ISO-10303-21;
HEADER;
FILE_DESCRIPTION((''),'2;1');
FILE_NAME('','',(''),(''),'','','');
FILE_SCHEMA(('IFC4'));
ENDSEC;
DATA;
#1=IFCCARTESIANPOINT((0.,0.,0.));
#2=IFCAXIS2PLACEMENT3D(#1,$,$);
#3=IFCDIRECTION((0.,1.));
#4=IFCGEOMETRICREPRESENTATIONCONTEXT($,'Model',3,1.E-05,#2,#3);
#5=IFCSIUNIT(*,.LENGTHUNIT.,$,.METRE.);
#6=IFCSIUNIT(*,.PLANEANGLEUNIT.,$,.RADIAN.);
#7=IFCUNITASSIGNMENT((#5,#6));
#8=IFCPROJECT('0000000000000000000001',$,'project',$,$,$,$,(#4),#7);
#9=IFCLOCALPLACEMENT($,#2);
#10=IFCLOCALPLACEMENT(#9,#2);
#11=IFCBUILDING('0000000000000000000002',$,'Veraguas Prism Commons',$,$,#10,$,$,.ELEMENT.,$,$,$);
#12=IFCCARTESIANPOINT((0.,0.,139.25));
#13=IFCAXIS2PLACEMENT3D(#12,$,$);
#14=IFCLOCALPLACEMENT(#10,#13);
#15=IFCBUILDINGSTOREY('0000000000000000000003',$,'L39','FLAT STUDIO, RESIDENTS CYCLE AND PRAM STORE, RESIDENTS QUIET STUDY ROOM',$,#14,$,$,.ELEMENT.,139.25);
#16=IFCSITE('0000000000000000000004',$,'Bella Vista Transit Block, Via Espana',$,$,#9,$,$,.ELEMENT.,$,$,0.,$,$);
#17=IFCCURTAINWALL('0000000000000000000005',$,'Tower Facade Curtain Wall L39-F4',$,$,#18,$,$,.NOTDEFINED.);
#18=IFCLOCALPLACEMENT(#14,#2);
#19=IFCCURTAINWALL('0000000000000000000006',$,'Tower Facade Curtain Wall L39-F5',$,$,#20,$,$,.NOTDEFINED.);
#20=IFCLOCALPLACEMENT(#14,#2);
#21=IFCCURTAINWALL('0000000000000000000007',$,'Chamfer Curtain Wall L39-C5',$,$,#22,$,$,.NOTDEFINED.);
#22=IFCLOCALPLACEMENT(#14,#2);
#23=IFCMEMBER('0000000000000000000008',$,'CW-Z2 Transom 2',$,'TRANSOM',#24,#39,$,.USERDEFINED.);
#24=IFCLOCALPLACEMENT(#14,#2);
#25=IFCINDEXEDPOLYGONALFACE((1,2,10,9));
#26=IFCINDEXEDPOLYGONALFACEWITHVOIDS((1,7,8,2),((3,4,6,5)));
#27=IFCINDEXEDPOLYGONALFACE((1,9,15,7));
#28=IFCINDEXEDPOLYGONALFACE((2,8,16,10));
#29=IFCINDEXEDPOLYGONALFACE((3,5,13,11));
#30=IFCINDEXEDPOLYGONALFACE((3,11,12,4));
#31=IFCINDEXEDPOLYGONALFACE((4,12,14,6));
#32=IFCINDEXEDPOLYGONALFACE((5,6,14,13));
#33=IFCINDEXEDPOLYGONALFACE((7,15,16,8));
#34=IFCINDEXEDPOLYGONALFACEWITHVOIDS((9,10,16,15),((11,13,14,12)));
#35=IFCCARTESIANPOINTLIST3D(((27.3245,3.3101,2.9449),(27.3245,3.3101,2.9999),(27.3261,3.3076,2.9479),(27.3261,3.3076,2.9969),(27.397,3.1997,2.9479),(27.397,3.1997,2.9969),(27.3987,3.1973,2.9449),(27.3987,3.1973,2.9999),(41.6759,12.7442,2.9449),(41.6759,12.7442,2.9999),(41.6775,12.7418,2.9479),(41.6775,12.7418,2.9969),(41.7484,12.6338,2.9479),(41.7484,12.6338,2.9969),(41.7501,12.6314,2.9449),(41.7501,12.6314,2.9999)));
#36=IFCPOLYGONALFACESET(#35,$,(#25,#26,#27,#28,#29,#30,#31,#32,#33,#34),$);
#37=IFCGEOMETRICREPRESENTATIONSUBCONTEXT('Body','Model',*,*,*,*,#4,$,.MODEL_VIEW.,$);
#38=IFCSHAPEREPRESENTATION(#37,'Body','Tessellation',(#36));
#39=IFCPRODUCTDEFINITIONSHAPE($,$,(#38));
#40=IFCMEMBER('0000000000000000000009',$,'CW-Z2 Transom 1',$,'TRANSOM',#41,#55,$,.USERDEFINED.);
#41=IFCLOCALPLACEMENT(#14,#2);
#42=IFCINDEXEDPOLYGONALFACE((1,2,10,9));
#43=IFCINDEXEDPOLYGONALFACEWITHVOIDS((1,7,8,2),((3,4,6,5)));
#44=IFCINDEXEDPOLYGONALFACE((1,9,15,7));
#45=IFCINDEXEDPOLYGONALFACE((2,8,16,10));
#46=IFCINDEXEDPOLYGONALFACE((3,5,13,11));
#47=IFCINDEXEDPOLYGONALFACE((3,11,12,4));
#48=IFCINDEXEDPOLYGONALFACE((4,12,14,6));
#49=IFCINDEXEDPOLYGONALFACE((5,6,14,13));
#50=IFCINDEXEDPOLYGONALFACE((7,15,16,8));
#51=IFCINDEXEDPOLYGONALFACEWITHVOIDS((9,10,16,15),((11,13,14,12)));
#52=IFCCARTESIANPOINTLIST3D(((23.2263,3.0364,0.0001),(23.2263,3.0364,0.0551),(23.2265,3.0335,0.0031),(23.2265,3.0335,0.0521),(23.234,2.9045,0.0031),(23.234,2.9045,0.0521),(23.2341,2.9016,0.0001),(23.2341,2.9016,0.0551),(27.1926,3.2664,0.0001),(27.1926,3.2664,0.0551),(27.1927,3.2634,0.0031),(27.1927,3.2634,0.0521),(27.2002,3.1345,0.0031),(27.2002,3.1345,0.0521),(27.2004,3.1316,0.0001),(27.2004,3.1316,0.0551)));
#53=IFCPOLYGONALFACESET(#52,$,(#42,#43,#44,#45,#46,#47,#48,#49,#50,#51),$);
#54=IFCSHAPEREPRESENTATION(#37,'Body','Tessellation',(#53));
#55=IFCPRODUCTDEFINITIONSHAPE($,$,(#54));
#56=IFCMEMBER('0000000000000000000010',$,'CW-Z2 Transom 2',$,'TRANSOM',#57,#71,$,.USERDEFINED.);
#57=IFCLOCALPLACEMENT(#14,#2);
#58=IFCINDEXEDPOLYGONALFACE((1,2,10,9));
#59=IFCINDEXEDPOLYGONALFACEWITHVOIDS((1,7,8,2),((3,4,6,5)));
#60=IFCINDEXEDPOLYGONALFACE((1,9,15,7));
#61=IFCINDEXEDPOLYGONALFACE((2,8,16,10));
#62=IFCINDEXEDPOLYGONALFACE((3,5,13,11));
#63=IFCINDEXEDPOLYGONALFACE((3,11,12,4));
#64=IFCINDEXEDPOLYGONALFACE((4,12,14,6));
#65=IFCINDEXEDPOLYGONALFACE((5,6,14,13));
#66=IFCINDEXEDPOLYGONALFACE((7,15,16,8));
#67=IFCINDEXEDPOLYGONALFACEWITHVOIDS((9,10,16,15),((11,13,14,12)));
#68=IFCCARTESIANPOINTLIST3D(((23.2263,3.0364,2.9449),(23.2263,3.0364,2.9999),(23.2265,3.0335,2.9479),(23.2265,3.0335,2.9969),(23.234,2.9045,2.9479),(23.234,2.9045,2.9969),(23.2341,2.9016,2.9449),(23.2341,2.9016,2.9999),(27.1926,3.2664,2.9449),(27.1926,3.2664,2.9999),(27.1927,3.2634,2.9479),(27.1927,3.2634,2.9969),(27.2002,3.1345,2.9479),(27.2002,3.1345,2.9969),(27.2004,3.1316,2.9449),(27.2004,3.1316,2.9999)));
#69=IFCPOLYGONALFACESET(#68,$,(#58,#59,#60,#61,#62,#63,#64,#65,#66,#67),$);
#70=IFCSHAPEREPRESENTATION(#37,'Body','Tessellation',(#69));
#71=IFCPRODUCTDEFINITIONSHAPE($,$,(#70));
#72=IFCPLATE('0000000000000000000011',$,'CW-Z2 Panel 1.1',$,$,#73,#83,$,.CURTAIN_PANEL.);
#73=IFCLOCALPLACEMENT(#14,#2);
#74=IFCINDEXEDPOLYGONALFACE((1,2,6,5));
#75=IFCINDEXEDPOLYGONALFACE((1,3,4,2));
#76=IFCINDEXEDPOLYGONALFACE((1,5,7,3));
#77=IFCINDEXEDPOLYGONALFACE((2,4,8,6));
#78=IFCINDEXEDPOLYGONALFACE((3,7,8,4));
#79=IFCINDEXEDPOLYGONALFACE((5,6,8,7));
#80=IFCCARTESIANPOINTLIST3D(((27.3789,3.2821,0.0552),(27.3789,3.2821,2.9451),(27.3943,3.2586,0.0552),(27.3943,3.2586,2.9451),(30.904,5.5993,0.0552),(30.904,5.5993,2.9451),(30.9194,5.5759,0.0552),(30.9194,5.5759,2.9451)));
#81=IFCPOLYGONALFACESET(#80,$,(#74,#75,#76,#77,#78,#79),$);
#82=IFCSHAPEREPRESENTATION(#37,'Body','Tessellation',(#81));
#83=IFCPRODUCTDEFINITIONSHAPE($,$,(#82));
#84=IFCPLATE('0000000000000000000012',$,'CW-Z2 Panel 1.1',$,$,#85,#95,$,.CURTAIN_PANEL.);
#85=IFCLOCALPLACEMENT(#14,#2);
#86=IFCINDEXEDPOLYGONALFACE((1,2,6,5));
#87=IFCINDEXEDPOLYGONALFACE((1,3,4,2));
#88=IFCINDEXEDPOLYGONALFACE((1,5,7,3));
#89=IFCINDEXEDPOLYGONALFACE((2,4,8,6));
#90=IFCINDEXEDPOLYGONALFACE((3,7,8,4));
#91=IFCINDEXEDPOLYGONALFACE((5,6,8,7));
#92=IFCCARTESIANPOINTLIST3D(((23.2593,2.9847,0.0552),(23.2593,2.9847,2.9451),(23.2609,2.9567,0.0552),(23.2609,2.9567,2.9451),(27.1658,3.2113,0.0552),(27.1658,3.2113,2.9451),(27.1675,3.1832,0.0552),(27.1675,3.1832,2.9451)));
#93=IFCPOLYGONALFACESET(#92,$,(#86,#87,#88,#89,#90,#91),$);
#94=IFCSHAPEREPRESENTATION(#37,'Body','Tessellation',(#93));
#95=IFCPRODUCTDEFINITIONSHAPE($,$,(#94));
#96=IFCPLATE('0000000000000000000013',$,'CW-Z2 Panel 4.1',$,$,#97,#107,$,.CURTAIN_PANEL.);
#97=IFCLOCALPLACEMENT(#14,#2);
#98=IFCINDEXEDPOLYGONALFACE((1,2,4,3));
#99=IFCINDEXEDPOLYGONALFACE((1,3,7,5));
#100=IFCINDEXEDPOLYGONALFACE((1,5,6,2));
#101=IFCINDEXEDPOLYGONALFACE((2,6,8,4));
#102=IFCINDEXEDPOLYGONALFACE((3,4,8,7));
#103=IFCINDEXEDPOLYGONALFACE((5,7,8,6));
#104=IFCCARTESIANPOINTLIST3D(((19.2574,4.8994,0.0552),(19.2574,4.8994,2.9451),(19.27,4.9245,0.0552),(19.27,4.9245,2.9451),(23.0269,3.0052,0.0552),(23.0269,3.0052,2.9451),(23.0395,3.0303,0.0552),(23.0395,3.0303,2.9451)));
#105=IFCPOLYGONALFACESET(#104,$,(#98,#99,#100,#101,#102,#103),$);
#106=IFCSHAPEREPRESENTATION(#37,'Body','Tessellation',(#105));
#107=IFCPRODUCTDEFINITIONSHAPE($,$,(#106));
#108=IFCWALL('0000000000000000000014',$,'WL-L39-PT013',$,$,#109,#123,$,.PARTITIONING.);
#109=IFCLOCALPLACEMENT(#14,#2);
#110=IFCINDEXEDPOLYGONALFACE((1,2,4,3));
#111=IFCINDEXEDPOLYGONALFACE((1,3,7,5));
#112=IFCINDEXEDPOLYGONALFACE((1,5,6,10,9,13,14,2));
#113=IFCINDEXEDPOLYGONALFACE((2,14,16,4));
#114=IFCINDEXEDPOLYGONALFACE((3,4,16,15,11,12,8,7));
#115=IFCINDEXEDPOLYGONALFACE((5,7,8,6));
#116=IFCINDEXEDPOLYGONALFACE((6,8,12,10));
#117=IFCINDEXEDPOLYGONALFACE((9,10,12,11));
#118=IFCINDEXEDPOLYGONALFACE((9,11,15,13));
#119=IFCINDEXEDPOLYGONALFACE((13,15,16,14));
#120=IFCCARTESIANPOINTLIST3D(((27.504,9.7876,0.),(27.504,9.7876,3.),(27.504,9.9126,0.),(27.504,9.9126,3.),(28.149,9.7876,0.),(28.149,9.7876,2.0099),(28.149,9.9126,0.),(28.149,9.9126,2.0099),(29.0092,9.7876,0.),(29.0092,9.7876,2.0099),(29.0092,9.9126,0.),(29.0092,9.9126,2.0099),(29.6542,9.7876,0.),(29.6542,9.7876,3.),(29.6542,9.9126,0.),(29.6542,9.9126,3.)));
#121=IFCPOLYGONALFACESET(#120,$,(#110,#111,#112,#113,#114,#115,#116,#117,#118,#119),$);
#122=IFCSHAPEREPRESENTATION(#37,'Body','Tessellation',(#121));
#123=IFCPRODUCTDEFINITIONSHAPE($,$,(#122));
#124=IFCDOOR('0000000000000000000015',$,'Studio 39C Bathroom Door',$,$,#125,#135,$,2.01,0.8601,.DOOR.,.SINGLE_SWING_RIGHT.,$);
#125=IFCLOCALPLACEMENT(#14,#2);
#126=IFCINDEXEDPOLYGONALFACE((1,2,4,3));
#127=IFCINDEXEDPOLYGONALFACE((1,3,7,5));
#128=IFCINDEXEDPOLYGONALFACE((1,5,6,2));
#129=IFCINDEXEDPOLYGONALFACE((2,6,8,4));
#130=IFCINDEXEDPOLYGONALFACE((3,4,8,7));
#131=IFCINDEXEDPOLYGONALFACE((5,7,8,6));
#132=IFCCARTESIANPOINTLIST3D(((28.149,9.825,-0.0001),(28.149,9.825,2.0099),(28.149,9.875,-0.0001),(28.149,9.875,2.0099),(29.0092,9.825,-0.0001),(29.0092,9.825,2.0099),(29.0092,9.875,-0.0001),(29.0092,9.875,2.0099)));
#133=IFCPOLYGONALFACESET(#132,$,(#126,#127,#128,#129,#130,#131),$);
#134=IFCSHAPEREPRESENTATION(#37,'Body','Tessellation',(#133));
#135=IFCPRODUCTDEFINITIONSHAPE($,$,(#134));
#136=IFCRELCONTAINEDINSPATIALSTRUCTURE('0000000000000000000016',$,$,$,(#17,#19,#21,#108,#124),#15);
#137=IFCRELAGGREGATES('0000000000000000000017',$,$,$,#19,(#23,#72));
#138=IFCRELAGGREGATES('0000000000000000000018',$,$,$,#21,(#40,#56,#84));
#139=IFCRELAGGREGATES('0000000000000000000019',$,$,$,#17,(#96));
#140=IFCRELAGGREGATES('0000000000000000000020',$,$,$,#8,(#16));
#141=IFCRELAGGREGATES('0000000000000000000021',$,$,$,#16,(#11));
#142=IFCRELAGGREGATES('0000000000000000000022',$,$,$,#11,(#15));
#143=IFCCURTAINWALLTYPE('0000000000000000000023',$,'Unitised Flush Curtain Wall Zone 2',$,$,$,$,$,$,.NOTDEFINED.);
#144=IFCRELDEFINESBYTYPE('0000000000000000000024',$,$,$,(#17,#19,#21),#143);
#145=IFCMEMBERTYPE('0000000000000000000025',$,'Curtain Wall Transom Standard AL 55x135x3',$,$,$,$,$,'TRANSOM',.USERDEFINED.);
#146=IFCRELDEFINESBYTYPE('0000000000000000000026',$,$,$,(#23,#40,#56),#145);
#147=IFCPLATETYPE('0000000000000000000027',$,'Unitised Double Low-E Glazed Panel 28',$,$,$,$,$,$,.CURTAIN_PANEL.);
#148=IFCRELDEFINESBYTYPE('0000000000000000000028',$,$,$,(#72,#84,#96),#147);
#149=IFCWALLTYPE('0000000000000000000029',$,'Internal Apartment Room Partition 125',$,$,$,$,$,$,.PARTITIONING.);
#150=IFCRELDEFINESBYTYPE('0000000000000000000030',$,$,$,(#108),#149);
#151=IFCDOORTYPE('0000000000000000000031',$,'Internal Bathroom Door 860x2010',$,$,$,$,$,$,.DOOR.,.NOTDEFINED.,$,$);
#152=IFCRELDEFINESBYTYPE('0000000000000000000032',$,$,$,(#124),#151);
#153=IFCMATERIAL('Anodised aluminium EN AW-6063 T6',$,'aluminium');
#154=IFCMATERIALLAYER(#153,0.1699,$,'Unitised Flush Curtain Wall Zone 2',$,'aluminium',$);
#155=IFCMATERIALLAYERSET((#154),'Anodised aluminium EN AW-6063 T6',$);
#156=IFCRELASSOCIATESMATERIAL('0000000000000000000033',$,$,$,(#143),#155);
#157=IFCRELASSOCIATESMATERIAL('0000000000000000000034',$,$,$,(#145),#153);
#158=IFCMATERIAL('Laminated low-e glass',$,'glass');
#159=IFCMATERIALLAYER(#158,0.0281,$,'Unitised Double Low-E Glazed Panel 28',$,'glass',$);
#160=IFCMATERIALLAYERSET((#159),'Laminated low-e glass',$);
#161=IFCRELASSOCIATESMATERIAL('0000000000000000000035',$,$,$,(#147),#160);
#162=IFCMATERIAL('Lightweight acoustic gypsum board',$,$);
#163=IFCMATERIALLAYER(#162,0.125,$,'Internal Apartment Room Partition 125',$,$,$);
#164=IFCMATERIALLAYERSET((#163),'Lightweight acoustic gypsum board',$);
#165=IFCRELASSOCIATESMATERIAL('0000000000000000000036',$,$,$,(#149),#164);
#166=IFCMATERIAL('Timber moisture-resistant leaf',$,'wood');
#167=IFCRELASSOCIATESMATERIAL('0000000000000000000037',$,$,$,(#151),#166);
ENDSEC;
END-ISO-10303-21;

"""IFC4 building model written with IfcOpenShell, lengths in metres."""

from ifc_helpers import new_model, si_unit, direction, frame, frame_2d, origin, origin_2d, place, context, subcontext, project, spatial, rectangle, hollow_rectangle, extrude, source, transform, mapped, material, layer, layer_set, material_profile, profile_set, type_object, element, fill, aggregate, save


model = new_model("IFC4")

# Units and contexts
model_context = context("Model", 3, precision=1e-05, world=origin(), true_north=direction((0.0, 1.0)))
body_context = subcontext(model_context, "Body", "Model", "MODEL_VIEW")
ifc_project = project(units=[si_unit("LENGTHUNIT", "METRE"), si_unit("PLANEANGLEUNIT", "RADIAN")], contexts=[model_context])

# Site, building, storey
site_placement = place(None, origin())
site = spatial("IfcSite", under=ifc_project, at=site_placement, Name="Bella Vista Transit Block, Via Espana", CompositionType="ELEMENT", RefElevation=0.0)
building_placement = place(site_placement, origin())
building = spatial("IfcBuilding", under=site, at=building_placement, Name="Veraguas Prism Commons", CompositionType="ELEMENT")
storey_placement = place(building_placement, frame((0.0, 0.0, 139.25)))
storey = spatial("IfcBuildingStorey", under=building, at=storey_placement, Name="L39", Description="FLAT STUDIO, RESIDENTS CYCLE AND PRAM STORE, RESIDENTS QUIET STUDY ROOM", CompositionType="ELEMENT", Elevation=139.25)

# Curtain walls
ifc_material_1 = material(Name="Anodised aluminium EN AW-6063 T6", Category="aluminium")
ifc_layer_1 = layer(ifc_material_1, 0.1699, Name="Unitised Flush Curtain Wall Zone 2", Category="aluminium")
ifc_layer_set_1 = layer_set([ifc_layer_1], Name="Anodised aluminium EN AW-6063 T6")
curtain_wall_type = type_object("IfcCurtainWallType", Name="Unitised Flush Curtain Wall Zone 2", PredefinedType="NOTDEFINED", material=ifc_layer_set_1)
curtain_wall_1_placement = place(storey_placement, origin())
curtain_wall_1 = element("IfcCurtainWall", 1, at=curtain_wall_1_placement, inside=storey, type_object=curtain_wall_type, Name="Tower Facade Curtain Wall L39-F4", PredefinedType="NOTDEFINED")
curtain_wall_2_placement = place(storey_placement, origin())
curtain_wall_2 = element("IfcCurtainWall", 2, at=curtain_wall_2_placement, inside=storey, type_object=curtain_wall_type, Name="Tower Facade Curtain Wall L39-F5", PredefinedType="NOTDEFINED")

# Curtain wall
curtain_wall_3_placement = place(storey_placement, origin())
curtain_wall_3 = element("IfcCurtainWall", 3, at=curtain_wall_3_placement, inside=storey, type_object=curtain_wall_type, Name="Chamfer Curtain Wall L39-C5", PredefinedType="NOTDEFINED")

# Members
ifc_material_profile_1 = material_profile(ifc_material_1, hollow_rectangle(XDim=0.0549, YDim=0.135, WallThickness=0.0029, at=origin_2d()), Name="AL55X135X3")
ifc_profile_set_1 = profile_set([ifc_material_profile_1], Name="Anodised aluminium EN AW-6063 T6")
member_type_1 = type_object("IfcMemberType", Name="Curtain Wall Transom Standard AL 55x135x3", ElementType="TRANSOM", PredefinedType="USERDEFINED", material=ifc_profile_set_1)
shared_shape_1 = source(origin(), body_context, "Body", "SweptSolid", [
    extrude(hollow_rectangle(XDim=0.0549, YDim=0.135, WallThickness=0.0029, at=origin_2d()), origin(), (0.0, 0.0, 1.0), 17.1746),
])
member_1_placement = place(storey_placement, frame((27.3616, 3.2537, 2.9724), z_axis=(0.83562, 0.549309, 0.0), x_axis=(0.0, 0.0, 1.0)))
member_1 = element("IfcMember", 4, at=member_1_placement, type_object=member_type_1, Name="CW-Z2 Transom 2", ObjectType="TRANSOM", PredefinedType="USERDEFINED", context=body_context, shape_type="MappedRepresentation", body=[
    mapped(shared_shape_1, transform((0.0, 0.0, 0.0), scale=1.0)),
])
shared_shape_2 = source(origin(), body_context, "Body", "SweptSolid", [
    extrude(hollow_rectangle(XDim=0.0549, YDim=0.135, WallThickness=0.0029, at=origin_2d()), origin(), (0.0, 0.0, 1.0), 3.9729),
])
member_2_placement = place(storey_placement, frame((23.2302, 2.969, 0.0276), z_axis=(0.998323, 0.057886, 0.0), x_axis=(0.0, 0.0, 1.0)))
member_2 = element("IfcMember", 5, at=member_2_placement, type_object=member_type_1, Name="CW-Z2 Transom 1", ObjectType="TRANSOM", PredefinedType="USERDEFINED", context=body_context, shape_type="MappedRepresentation", body=[
    mapped(shared_shape_2, transform((0.0, 0.0, 0.0), scale=1.0)),
])
member_3_placement = place(storey_placement, frame((23.2302, 2.969, 2.9724), z_axis=(0.998323, 0.057886, 0.0), x_axis=(0.0, 0.0, 1.0)))
member_3 = element("IfcMember", 6, at=member_3_placement, type_object=member_type_1, Name="CW-Z2 Transom 2", ObjectType="TRANSOM", PredefinedType="USERDEFINED", context=body_context, shape_type="MappedRepresentation", body=[
    mapped(shared_shape_2, transform((0.0, 0.0, 0.0), scale=1.0)),
])

# Plates
ifc_material_2 = material(Name="Laminated low-e glass", Category="glass")
ifc_layer_2 = layer(ifc_material_2, 0.0281, Name="Unitised Double Low-E Glazed Panel 28", Category="glass")
ifc_layer_set_2 = layer_set([ifc_layer_2], Name="Laminated low-e glass")
plate_type = type_object("IfcPlateType", Name="Unitised Double Low-E Glazed Panel 28", PredefinedType="CURTAIN_PANEL", material=ifc_layer_set_2)
shared_shape_3 = source(origin(), body_context, "Body", "SweptSolid", [
    extrude(rectangle(XDim=4.2185, YDim=0.0281, at=origin_2d()), origin(), (0.0, 0.0, 1.0), 2.8899),
])
plate_1_placement = place(storey_placement, frame((29.1492, 4.429, 0.0552), z_axis=(0.0, 0.0, 1.0), x_axis=(0.83562, 0.549309, 0.0)))
plate_1 = element("IfcPlate", 7, at=plate_1_placement, type_object=plate_type, Name="CW-Z2 Panel 1.1", PredefinedType="CURTAIN_PANEL", context=body_context, shape_type="MappedRepresentation", body=[
    mapped(shared_shape_3, transform((0.0, 0.0, 0.0), scale=1.0)),
])
aggregate(curtain_wall_2, [member_1, plate_1])
shared_shape_4 = source(origin(), body_context, "Body", "SweptSolid", [
    extrude(rectangle(XDim=3.9131, YDim=0.0281, at=origin_2d()), origin(), (0.0, 0.0, 1.0), 2.8899),
])
plate_2_placement = place(storey_placement, frame((25.2134, 3.084, 0.0552), z_axis=(0.0, 0.0, 1.0), x_axis=(0.998323, 0.057897, 0.0)))
plate_2 = element("IfcPlate", 8, at=plate_2_placement, type_object=plate_type, Name="CW-Z2 Panel 1.1", PredefinedType="CURTAIN_PANEL", context=body_context, shape_type="MappedRepresentation", body=[
    mapped(shared_shape_4, transform((0.0, 0.0, 0.0), scale=1.0)),
])
aggregate(curtain_wall_3, [member_2, member_3, plate_2])
shared_shape_5 = source(origin(), body_context, "Body", "SweptSolid", [
    extrude(rectangle(XDim=4.2188, YDim=0.0281, at=origin_2d()), origin(), (0.0, 0.0, 1.0), 2.8899),
])
plate_3_placement = place(storey_placement, frame((21.1484, 3.9648, 0.0552), z_axis=(0.0, 0.0, 1.0), x_axis=(0.893526, -0.449012, 0.0)))
plate_3 = element("IfcPlate", 9, at=plate_3_placement, type_object=plate_type, Name="CW-Z2 Panel 4.1", PredefinedType="CURTAIN_PANEL", context=body_context, shape_type="MappedRepresentation", body=[
    mapped(shared_shape_5, transform((0.0, 0.0, 0.0), scale=1.0)),
])
aggregate(curtain_wall_1, [plate_3])

# Wall, opening, door
ifc_material_3 = material(Name="Lightweight acoustic gypsum board")
ifc_layer_3 = layer(ifc_material_3, 0.125, Name="Internal Apartment Room Partition 125")
ifc_layer_set_3 = layer_set([ifc_layer_3], Name="Lightweight acoustic gypsum board")
wall_type = type_object("IfcWallType", Name="Internal Apartment Room Partition 125", PredefinedType="PARTITIONING", material=ifc_layer_set_3)
wall_placement = place(storey_placement, frame((27.5039, 9.8501, 0.0), z_axis=(0.0, 0.0, 1.0), x_axis=(1.0, 0.0, 0.0)))
wall = element("IfcWall", 10, at=wall_placement, inside=storey, type_object=wall_type, Name="WL-L39-PT013", PredefinedType="PARTITIONING", context=body_context, shape_type="SweptSolid", body=[
    extrude(rectangle(XDim=2.1501, YDim=0.125, at=frame_2d((1.0752, 0.0))), origin(), (0.0, 0.0, 1.0), 3.0),
])
opening_placement = place(wall_placement, frame((0.645, 0.0, 0.0)))
opening = element("IfcOpeningElement", 11, at=opening_placement, cuts=wall, PredefinedType="OPENING", context=body_context, shape_type="SweptSolid", body=[
    extrude(rectangle(XDim=0.8601, YDim=2.01, at=frame_2d((0.4302, 1.0049))), frame((0.0, 0.0725, 0.0), z_axis=(0.0, -1.0, 0.0), x_axis=(1.0, 0.0, 0.0)), (0.0, 0.0, 1.0), 0.145),
])
ifc_material_4 = material(Name="Timber moisture-resistant leaf", Category="wood")
door_type = type_object("IfcDoorType", Name="Internal Bathroom Door 860x2010", OperationType="NOTDEFINED", PredefinedType="DOOR", material=ifc_material_4)
shared_shape_6 = source(origin(), body_context, "Body", "SweptSolid", [
    extrude(rectangle(XDim=0.8601, YDim=2.01, at=frame_2d((0.4302, 1.0049))), frame((0.0, 0.0249, 0.0), z_axis=(0.0, -1.0, 0.0), x_axis=(1.0, 0.0, 0.0)), (0.0, 0.0, 1.0), 0.05),
])
door_placement = place(opening_placement, origin())
door = element("IfcDoor", 12, at=door_placement, inside=storey, type_object=door_type, Name="Studio 39C Bathroom Door", OperationType="SINGLE_SWING_RIGHT", OverallHeight=2.01, OverallWidth=0.8601, PredefinedType="DOOR", context=body_context, shape_type="MappedRepresentation", body=[
    mapped(shared_shape_6, transform((0.0, 0.0, 0.0), scale=1.0)),
])
fill(opening, door)

save(model, "model.ifc")
